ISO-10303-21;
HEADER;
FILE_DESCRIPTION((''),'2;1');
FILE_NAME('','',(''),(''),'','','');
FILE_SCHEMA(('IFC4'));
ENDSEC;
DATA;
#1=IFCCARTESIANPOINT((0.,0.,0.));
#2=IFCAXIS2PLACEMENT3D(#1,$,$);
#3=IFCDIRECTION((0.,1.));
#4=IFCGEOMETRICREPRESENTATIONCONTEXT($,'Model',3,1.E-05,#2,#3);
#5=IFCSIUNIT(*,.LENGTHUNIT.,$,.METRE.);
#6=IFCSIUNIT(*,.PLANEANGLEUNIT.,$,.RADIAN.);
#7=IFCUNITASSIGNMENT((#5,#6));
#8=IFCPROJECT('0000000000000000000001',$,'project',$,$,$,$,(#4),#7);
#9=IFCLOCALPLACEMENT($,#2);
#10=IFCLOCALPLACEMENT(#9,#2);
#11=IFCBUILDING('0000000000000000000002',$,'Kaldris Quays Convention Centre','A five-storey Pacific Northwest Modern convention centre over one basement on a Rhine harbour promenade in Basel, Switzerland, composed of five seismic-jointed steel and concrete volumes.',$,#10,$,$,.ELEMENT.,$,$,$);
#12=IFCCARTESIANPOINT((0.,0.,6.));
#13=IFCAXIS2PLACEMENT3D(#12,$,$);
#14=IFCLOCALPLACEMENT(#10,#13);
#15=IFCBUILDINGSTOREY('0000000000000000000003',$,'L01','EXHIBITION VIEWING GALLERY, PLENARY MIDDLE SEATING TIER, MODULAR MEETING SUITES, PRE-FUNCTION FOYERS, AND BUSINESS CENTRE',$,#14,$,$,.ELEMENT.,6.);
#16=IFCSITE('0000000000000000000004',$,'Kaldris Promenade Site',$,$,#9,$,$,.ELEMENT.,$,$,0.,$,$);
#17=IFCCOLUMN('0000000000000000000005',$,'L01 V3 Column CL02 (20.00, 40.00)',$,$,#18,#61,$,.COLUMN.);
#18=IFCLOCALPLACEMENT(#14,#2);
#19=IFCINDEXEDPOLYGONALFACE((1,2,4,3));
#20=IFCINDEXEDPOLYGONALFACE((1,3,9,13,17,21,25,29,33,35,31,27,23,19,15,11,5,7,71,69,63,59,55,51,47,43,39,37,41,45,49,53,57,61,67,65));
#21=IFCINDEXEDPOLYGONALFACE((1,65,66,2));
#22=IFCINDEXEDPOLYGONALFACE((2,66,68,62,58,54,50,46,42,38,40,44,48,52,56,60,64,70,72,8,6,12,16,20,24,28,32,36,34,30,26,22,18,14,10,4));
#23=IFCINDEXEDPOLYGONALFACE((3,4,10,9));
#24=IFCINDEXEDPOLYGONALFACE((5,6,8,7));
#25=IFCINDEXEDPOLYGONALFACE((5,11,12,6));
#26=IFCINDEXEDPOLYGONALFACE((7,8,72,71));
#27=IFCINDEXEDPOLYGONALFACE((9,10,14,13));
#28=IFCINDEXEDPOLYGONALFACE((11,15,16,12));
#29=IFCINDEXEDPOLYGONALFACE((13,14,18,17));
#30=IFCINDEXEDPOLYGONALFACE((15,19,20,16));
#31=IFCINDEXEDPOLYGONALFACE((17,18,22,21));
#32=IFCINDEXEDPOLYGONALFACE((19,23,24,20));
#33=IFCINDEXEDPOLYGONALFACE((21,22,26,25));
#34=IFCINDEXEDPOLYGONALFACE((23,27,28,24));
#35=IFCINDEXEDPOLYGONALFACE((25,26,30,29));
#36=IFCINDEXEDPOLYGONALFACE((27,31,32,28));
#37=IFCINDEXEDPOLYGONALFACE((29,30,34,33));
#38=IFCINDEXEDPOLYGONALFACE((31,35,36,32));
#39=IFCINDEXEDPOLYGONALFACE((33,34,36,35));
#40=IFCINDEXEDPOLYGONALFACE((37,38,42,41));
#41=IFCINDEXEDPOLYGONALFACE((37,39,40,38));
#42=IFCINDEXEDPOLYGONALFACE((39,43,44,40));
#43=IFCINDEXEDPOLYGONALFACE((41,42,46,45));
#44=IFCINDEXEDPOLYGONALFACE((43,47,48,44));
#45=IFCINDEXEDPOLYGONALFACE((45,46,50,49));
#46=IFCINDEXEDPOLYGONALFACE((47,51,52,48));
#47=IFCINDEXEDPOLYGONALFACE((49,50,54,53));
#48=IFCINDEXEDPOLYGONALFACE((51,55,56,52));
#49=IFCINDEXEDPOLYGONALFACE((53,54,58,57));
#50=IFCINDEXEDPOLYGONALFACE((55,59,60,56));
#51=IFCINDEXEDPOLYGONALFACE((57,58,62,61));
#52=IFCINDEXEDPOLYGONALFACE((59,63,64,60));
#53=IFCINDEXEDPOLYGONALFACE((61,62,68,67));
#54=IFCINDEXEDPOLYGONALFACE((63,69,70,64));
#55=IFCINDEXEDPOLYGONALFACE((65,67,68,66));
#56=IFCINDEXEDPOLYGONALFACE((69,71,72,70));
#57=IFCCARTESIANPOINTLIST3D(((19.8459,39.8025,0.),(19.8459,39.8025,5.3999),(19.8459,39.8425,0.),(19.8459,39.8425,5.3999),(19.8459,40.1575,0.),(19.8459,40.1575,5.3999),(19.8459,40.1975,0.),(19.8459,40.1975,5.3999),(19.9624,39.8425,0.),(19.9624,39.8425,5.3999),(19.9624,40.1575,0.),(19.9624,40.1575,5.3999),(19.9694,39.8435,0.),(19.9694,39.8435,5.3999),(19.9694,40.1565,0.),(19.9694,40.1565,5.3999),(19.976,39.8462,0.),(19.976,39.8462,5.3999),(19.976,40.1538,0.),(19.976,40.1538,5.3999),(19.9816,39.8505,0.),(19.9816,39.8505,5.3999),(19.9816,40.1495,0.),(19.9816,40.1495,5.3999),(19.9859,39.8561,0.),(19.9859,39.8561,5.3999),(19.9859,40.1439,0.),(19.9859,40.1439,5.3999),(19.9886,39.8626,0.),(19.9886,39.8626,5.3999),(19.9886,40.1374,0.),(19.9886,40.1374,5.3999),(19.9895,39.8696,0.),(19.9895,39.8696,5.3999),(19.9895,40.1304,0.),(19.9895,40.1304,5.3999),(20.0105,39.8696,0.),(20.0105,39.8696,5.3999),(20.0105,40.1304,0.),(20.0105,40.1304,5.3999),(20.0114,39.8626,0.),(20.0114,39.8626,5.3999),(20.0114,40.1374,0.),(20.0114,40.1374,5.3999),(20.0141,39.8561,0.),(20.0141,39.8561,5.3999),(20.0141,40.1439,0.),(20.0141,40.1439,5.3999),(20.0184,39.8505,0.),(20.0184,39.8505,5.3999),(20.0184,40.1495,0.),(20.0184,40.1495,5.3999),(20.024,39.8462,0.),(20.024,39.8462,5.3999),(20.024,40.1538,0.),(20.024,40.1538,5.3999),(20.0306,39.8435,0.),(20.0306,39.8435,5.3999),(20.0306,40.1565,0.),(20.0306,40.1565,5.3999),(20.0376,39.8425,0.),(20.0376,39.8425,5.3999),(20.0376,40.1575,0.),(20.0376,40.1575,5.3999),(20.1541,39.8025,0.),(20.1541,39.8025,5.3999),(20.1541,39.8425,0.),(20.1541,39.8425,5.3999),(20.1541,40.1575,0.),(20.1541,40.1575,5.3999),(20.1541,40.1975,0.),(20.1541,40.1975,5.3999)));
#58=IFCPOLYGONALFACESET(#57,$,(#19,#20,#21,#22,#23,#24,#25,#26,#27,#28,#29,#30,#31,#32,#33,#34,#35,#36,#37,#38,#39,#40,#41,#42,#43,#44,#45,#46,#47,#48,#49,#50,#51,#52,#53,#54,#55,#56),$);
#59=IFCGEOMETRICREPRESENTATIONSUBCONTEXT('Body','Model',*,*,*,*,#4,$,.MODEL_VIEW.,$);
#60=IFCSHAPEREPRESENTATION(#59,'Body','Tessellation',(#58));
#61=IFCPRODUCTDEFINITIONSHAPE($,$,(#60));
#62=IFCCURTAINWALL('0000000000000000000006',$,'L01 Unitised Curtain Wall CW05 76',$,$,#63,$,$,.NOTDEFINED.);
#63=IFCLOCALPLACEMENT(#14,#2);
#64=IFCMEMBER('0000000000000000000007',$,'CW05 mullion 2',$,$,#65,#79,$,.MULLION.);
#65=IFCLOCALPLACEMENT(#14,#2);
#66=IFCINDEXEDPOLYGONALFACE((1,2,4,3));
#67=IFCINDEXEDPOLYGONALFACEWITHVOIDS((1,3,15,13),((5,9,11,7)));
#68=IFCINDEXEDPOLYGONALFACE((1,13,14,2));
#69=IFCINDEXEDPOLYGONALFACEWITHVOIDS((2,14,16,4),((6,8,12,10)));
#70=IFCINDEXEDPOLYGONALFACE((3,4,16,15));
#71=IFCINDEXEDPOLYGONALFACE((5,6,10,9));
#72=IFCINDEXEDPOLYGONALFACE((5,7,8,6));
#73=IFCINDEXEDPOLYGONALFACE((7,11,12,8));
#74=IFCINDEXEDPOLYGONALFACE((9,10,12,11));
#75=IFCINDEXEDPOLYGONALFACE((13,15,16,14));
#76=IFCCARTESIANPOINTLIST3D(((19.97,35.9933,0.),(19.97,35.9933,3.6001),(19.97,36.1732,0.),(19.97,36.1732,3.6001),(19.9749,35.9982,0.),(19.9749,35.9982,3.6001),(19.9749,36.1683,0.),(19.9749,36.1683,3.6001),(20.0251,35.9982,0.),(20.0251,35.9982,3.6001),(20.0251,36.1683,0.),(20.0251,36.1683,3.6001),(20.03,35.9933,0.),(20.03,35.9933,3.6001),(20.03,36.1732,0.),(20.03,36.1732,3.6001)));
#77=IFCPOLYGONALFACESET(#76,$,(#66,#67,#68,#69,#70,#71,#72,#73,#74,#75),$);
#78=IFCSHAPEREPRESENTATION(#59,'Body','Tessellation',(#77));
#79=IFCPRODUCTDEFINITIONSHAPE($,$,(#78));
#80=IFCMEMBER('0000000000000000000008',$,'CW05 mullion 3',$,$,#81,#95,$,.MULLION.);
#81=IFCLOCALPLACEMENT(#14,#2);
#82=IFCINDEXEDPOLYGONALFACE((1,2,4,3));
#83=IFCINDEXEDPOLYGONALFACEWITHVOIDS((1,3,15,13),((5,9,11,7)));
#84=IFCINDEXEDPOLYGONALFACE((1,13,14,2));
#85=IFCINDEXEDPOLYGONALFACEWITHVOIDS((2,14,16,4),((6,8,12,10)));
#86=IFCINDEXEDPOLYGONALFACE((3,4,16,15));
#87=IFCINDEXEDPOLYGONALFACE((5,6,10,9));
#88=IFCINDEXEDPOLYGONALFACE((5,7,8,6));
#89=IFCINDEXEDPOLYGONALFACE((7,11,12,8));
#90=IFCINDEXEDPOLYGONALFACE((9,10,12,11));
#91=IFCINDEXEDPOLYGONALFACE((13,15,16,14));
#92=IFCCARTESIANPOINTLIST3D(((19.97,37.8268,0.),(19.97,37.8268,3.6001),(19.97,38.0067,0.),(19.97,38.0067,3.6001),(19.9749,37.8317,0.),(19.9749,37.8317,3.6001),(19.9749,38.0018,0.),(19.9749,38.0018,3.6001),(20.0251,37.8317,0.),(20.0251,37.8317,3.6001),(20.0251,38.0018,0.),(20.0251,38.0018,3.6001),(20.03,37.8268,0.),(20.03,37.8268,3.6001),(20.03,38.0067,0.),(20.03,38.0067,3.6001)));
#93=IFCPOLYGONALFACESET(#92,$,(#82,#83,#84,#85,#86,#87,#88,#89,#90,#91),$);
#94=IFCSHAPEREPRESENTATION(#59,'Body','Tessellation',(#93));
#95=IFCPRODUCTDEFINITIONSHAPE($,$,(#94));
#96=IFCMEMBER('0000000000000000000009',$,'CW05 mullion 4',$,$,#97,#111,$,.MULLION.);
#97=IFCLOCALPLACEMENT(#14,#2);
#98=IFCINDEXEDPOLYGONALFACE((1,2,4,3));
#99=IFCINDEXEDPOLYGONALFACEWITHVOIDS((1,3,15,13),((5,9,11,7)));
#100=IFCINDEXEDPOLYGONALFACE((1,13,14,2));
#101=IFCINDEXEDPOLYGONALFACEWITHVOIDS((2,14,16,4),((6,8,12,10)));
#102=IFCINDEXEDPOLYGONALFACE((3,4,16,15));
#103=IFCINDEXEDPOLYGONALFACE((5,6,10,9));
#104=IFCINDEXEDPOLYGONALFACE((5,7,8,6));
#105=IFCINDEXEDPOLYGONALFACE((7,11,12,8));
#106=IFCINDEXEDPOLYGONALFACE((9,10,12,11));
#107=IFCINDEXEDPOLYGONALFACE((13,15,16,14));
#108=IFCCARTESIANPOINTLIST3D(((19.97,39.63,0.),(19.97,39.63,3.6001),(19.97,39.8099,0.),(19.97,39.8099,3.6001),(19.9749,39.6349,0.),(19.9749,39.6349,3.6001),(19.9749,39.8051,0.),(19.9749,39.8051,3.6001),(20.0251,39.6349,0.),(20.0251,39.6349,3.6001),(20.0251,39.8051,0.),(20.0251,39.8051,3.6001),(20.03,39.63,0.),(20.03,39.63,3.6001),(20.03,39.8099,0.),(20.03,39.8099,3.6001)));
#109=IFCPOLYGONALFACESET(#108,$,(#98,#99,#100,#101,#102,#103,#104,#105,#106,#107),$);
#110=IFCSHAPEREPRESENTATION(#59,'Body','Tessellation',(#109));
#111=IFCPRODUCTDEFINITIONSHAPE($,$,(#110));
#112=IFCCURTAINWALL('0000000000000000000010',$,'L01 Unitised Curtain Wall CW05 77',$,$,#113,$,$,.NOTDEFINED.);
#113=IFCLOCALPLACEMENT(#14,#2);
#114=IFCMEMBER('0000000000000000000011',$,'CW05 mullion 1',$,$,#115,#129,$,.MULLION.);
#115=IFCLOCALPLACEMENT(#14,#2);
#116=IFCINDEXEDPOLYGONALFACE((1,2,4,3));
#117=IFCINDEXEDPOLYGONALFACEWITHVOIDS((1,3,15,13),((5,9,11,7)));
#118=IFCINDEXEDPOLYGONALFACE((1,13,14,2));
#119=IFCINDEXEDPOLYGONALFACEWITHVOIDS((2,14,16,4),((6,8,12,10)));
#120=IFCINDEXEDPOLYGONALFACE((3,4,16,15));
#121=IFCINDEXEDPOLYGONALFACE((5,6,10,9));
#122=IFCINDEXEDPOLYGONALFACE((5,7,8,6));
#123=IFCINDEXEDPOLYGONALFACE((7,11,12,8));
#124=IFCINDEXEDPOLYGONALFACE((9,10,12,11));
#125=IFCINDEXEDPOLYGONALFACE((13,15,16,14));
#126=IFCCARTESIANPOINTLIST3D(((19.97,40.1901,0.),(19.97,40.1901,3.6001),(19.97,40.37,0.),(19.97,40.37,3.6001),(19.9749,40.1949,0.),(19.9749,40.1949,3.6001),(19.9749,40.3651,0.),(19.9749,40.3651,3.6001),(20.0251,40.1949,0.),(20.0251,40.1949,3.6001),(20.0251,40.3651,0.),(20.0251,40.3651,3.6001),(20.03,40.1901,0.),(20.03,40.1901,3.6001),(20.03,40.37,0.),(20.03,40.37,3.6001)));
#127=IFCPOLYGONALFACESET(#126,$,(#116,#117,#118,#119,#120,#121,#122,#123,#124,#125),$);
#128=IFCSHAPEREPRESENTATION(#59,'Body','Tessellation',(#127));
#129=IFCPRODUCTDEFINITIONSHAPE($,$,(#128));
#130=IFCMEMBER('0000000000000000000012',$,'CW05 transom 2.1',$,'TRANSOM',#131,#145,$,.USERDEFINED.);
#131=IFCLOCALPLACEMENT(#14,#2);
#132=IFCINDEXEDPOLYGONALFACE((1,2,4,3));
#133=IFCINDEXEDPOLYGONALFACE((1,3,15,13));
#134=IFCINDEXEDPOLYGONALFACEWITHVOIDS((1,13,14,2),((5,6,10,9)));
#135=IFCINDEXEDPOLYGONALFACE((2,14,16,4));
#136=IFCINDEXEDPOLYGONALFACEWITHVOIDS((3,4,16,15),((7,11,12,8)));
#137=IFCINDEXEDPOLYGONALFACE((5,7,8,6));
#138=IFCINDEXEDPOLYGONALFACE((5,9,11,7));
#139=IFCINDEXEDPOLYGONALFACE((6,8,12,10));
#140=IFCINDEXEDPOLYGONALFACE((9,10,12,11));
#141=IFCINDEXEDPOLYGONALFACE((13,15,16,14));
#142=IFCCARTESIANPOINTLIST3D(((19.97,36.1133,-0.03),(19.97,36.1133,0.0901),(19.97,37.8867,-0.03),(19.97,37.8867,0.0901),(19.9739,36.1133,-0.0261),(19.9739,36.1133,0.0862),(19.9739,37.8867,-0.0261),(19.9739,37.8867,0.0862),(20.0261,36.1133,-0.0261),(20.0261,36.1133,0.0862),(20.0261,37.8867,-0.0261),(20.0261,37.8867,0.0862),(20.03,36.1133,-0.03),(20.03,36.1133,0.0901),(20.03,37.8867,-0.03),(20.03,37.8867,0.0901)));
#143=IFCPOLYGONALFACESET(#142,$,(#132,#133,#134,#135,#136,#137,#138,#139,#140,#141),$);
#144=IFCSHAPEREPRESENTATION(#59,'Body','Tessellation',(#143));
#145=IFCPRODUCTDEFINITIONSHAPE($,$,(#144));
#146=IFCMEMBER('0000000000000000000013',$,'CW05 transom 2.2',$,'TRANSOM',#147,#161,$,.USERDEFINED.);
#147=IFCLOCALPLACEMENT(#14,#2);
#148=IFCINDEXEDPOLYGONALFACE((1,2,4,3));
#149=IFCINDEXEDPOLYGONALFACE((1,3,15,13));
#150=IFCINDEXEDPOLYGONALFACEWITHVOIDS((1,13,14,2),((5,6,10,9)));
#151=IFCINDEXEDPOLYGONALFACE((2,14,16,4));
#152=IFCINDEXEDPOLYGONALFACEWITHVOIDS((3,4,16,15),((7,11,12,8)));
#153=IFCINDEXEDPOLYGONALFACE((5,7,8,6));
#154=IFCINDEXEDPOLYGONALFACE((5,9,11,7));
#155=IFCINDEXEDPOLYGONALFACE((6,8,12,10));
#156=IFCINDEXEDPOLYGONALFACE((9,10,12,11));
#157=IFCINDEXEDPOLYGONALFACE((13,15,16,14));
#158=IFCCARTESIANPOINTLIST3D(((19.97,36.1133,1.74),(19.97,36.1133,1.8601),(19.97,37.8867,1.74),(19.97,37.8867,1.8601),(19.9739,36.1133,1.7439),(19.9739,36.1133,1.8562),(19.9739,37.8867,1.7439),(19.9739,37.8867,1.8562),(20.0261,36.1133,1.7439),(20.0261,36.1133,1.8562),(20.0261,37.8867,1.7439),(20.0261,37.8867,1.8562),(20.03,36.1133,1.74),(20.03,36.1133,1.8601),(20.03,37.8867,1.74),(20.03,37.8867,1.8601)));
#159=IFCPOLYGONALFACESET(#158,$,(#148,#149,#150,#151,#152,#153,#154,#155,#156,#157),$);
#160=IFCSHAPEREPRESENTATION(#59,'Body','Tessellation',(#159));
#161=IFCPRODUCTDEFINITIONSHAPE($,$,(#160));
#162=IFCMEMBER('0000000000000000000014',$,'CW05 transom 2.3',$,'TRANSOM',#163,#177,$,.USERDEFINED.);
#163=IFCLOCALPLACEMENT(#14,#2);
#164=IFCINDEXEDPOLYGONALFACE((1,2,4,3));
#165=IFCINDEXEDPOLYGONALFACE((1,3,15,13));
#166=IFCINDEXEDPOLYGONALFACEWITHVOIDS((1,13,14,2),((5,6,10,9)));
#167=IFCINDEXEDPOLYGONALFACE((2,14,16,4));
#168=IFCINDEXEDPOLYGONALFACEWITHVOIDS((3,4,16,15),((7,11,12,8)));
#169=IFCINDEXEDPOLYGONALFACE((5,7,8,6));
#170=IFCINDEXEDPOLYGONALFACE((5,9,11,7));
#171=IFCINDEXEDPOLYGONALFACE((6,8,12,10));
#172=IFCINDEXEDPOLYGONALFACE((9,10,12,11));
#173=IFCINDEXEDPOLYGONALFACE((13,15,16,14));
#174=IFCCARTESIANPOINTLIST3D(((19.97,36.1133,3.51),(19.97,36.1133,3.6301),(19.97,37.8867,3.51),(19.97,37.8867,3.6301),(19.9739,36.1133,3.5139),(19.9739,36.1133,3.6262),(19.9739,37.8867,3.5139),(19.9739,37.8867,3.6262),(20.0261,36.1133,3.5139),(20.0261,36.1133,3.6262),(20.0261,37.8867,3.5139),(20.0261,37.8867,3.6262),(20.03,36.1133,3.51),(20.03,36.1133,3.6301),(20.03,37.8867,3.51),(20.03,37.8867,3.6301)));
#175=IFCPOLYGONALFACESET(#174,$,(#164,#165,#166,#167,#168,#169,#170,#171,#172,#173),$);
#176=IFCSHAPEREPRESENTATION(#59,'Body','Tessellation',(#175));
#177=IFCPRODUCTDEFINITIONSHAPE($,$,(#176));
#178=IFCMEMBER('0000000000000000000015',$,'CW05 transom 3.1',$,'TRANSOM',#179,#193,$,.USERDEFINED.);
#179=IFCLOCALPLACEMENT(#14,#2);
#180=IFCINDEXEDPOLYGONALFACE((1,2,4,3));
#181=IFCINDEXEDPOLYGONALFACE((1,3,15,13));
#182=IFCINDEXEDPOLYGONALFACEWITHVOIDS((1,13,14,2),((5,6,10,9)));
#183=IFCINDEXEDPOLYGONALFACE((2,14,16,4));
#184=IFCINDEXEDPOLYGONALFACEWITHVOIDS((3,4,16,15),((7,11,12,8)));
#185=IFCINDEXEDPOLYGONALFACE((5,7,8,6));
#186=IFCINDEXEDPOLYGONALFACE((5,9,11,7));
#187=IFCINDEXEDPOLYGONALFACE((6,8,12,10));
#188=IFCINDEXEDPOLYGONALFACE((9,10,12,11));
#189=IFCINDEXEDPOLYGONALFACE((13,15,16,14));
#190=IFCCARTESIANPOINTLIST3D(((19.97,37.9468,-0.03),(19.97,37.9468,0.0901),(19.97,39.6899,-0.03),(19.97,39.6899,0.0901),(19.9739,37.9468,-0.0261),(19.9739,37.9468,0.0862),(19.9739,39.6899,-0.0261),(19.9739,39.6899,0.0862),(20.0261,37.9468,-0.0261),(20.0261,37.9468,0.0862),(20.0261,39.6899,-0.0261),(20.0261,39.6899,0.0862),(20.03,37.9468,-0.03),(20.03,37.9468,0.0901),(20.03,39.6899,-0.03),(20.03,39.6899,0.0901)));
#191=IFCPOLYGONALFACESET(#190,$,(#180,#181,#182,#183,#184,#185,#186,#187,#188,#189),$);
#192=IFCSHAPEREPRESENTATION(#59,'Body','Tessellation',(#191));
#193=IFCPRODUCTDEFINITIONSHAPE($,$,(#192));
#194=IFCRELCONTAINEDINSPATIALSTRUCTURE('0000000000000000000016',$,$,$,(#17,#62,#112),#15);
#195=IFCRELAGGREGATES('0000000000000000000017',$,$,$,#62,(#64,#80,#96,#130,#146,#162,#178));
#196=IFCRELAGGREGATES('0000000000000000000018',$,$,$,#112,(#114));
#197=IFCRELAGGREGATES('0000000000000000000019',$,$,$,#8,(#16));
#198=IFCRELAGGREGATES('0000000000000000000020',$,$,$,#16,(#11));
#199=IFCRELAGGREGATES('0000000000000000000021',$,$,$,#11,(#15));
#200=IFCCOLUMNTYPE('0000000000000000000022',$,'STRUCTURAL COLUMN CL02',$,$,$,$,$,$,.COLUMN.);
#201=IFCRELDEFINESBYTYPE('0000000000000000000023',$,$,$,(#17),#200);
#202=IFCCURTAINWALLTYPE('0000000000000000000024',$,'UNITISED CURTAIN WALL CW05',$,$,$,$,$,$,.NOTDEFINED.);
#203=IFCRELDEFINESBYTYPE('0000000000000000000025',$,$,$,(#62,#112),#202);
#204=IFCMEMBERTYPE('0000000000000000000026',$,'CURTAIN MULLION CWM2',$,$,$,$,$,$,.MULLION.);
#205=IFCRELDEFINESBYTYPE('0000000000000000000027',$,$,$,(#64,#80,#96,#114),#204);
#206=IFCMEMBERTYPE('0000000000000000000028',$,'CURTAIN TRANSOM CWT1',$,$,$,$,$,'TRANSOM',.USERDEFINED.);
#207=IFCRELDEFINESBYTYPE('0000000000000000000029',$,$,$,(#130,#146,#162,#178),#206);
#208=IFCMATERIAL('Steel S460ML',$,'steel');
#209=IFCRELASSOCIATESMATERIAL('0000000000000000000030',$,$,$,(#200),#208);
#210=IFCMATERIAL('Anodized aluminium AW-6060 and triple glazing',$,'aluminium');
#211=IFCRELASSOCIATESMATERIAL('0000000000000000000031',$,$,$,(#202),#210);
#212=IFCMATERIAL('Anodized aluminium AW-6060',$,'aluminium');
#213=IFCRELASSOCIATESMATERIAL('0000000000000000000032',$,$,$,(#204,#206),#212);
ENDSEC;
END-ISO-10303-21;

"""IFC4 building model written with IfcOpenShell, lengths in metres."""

from ifc_helpers import new_model, si_unit, direction, frame, origin, origin_2d, place, context, subcontext, project, spatial, hollow_rectangle, i_section, extrude, material, material_profile, profile_set, type_object, element, aggregate, save


model = new_model("IFC4")

# Units and contexts
model_context = context("Model", 3, precision=1e-05, world=origin(), true_north=direction((0.0, 1.0)))
body_context = subcontext(model_context, "Body", "Model", "MODEL_VIEW")
ifc_project = project(units=[si_unit("LENGTHUNIT", "METRE"), si_unit("PLANEANGLEUNIT", "RADIAN")], contexts=[model_context])

# Site, building, storey
site_placement = place(None, origin())
site = spatial("IfcSite", under=ifc_project, at=site_placement, Name="Kaldris Promenade Site", CompositionType="ELEMENT", RefElevation=0.0)
building_placement = place(site_placement, origin())
building = spatial("IfcBuilding", under=site, at=building_placement, Name="Kaldris Quays Convention Centre", Description="A five-storey Pacific Northwest Modern convention centre over one basement on a Rhine harbour promenade in Basel, Switzerland, composed of five seismic-jointed steel and concrete volumes.", CompositionType="ELEMENT")
storey_placement = place(building_placement, frame((0.0, 0.0, 6.0)))
storey = spatial("IfcBuildingStorey", under=building, at=storey_placement, Name="L01", Description="EXHIBITION VIEWING GALLERY, PLENARY MIDDLE SEATING TIER, MODULAR MEETING SUITES, PRE-FUNCTION FOYERS, AND BUSINESS CENTRE", CompositionType="ELEMENT", Elevation=6.0)

# Column
ifc_material_1 = material(Name="Steel S460ML", Category="steel")
ifc_material_profile_1 = material_profile(ifc_material_1, i_section(OverallWidth=0.3081, OverallDepth=0.395, WebThickness=0.021, FlangeThickness=0.04, FilletRadius=0.0271, at=origin_2d()), Name="HEM 360")
ifc_profile_set_1 = profile_set([ifc_material_profile_1], Name="Steel S460ML")
column_type = type_object("IfcColumnType", Name="STRUCTURAL COLUMN CL02", PredefinedType="COLUMN", material=ifc_profile_set_1)
column_placement = place(storey_placement, frame((20.0, 40.0, 0.0), z_axis=(0.0, 0.0, 1.0), x_axis=(1.0, 0.0, 0.0)))
element("IfcColumn", 1, at=column_placement, inside=storey, type_object=column_type, Name="L01 V3 Column CL02 (20.00, 40.00)", PredefinedType="COLUMN", context=body_context, shape_type="SweptSolid", body=[
    extrude(i_section(OverallWidth=0.3081, OverallDepth=0.395, WebThickness=0.021, FlangeThickness=0.04, FilletRadius=0.0271, at=origin_2d()), origin(), (0.0, 0.0, 1.0), 5.3999),
])

# Curtain wall, members
ifc_material_2 = material(Name="Anodized aluminium AW-6060 and triple glazing", Category="aluminium")
curtain_wall_type = type_object("IfcCurtainWallType", Name="UNITISED CURTAIN WALL CW05", PredefinedType="NOTDEFINED", material=ifc_material_2)
curtain_wall_1_placement = place(storey_placement, origin())
curtain_wall_1 = element("IfcCurtainWall", 2, at=curtain_wall_1_placement, inside=storey, type_object=curtain_wall_type, Name="L01 Unitised Curtain Wall CW05 76", PredefinedType="NOTDEFINED")
ifc_material_3 = material(Name="Anodized aluminium AW-6060", Category="aluminium")
ifc_material_profile_2 = material_profile(ifc_material_3, hollow_rectangle(XDim=0.0601, YDim=0.1799, WallThickness=0.0049, at=origin_2d()), Name="RHS 180x60x5")
ifc_profile_set_2 = profile_set([ifc_material_profile_2], Name="Anodized aluminium AW-6060")
member_type_1 = type_object("IfcMemberType", Name="CURTAIN MULLION CWM2", PredefinedType="MULLION", material=ifc_profile_set_2)
member_1_placement = place(storey_placement, frame((20.0, 36.0833, 0.0), z_axis=(0.0, 0.0, 1.0), x_axis=(-1.0, 0.0, 0.0)))
member_1 = element("IfcMember", 3, at=member_1_placement, type_object=member_type_1, Name="CW05 mullion 2", PredefinedType="MULLION", context=body_context, shape_type="SweptSolid", body=[
    extrude(hollow_rectangle(XDim=0.0601, YDim=0.1799, WallThickness=0.0049, at=origin_2d()), origin(), (0.0, 0.0, 1.0), 3.6001),
])
member_2_placement = place(storey_placement, frame((20.0, 37.9167, 0.0), z_axis=(0.0, 0.0, 1.0), x_axis=(-1.0, 0.0, 0.0)))
member_2 = element("IfcMember", 4, at=member_2_placement, type_object=member_type_1, Name="CW05 mullion 3", PredefinedType="MULLION", context=body_context, shape_type="SweptSolid", body=[
    extrude(hollow_rectangle(XDim=0.0601, YDim=0.1799, WallThickness=0.0049, at=origin_2d()), origin(), (0.0, 0.0, 1.0), 3.6001),
])
member_3_placement = place(storey_placement, frame((20.0, 39.72, 0.0), z_axis=(0.0, 0.0, 1.0), x_axis=(-1.0, 0.0, 0.0)))
member_3 = element("IfcMember", 5, at=member_3_placement, type_object=member_type_1, Name="CW05 mullion 4", PredefinedType="MULLION", context=body_context, shape_type="SweptSolid", body=[
    extrude(hollow_rectangle(XDim=0.0601, YDim=0.1799, WallThickness=0.0049, at=origin_2d()), origin(), (0.0, 0.0, 1.0), 3.6001),
])

# Curtain wall, member
curtain_wall_2_placement = place(storey_placement, origin())
curtain_wall_2 = element("IfcCurtainWall", 6, at=curtain_wall_2_placement, inside=storey, type_object=curtain_wall_type, Name="L01 Unitised Curtain Wall CW05 77", PredefinedType="NOTDEFINED")
member_4_placement = place(storey_placement, frame((20.0, 40.28, 0.0), z_axis=(0.0, 0.0, 1.0), x_axis=(-1.0, 0.0, 0.0)))
member_4 = element("IfcMember", 7, at=member_4_placement, type_object=member_type_1, Name="CW05 mullion 1", PredefinedType="MULLION", context=body_context, shape_type="SweptSolid", body=[
    extrude(hollow_rectangle(XDim=0.0601, YDim=0.1799, WallThickness=0.0049, at=origin_2d()), origin(), (0.0, 0.0, 1.0), 3.6001),
])

# Members
ifc_material_profile_3 = material_profile(ifc_material_3, hollow_rectangle(XDim=0.0601, YDim=0.1201, WallThickness=0.0039, at=origin_2d()), Name="RHS 120x60x4")
ifc_profile_set_3 = profile_set([ifc_material_profile_3], Name="Anodized aluminium AW-6060")
member_type_2 = type_object("IfcMemberType", Name="CURTAIN TRANSOM CWT1", ElementType="TRANSOM", PredefinedType="USERDEFINED", material=ifc_profile_set_3)
member_5_placement = place(storey_placement, frame((20.0, 36.1133, 0.03), z_axis=(0.0, 1.0, 0.0), x_axis=(-1.0, 0.0, 0.0)))
member_5 = element("IfcMember", 8, at=member_5_placement, type_object=member_type_2, Name="CW05 transom 2.1", ObjectType="TRANSOM", PredefinedType="USERDEFINED", context=body_context, shape_type="SweptSolid", body=[
    extrude(hollow_rectangle(XDim=0.0601, YDim=0.1201, WallThickness=0.0039, at=origin_2d()), origin(), (0.0, 0.0, 1.0), 1.7734),
])
member_6_placement = place(storey_placement, frame((20.0, 36.1133, 1.8), z_axis=(0.0, 1.0, 0.0), x_axis=(-1.0, 0.0, 0.0)))
member_6 = element("IfcMember", 9, at=member_6_placement, type_object=member_type_2, Name="CW05 transom 2.2", ObjectType="TRANSOM", PredefinedType="USERDEFINED", context=body_context, shape_type="SweptSolid", body=[
    extrude(hollow_rectangle(XDim=0.0601, YDim=0.1201, WallThickness=0.0039, at=origin_2d()), origin(), (0.0, 0.0, 1.0), 1.7734),
])
member_7_placement = place(storey_placement, frame((20.0, 36.1133, 3.5701), z_axis=(0.0, 1.0, 0.0), x_axis=(-1.0, 0.0, 0.0)))
member_7 = element("IfcMember", 10, at=member_7_placement, type_object=member_type_2, Name="CW05 transom 2.3", ObjectType="TRANSOM", PredefinedType="USERDEFINED", context=body_context, shape_type="SweptSolid", body=[
    extrude(hollow_rectangle(XDim=0.0601, YDim=0.1201, WallThickness=0.0039, at=origin_2d()), origin(), (0.0, 0.0, 1.0), 1.7734),
])
member_8_placement = place(storey_placement, frame((20.0, 37.9468, 0.03), z_axis=(0.0, 1.0, 0.0), x_axis=(-1.0, 0.0, 0.0)))
member_8 = element("IfcMember", 11, at=member_8_placement, type_object=member_type_2, Name="CW05 transom 3.1", ObjectType="TRANSOM", PredefinedType="USERDEFINED", context=body_context, shape_type="SweptSolid", body=[
    extrude(hollow_rectangle(XDim=0.0601, YDim=0.1201, WallThickness=0.0039, at=origin_2d()), origin(), (0.0, 0.0, 1.0), 1.7432),
])

aggregate(curtain_wall_1, [member_1, member_2, member_3, member_5, member_6, member_7, member_8])
aggregate(curtain_wall_2, [member_4])

save(model, "model.ifc")
